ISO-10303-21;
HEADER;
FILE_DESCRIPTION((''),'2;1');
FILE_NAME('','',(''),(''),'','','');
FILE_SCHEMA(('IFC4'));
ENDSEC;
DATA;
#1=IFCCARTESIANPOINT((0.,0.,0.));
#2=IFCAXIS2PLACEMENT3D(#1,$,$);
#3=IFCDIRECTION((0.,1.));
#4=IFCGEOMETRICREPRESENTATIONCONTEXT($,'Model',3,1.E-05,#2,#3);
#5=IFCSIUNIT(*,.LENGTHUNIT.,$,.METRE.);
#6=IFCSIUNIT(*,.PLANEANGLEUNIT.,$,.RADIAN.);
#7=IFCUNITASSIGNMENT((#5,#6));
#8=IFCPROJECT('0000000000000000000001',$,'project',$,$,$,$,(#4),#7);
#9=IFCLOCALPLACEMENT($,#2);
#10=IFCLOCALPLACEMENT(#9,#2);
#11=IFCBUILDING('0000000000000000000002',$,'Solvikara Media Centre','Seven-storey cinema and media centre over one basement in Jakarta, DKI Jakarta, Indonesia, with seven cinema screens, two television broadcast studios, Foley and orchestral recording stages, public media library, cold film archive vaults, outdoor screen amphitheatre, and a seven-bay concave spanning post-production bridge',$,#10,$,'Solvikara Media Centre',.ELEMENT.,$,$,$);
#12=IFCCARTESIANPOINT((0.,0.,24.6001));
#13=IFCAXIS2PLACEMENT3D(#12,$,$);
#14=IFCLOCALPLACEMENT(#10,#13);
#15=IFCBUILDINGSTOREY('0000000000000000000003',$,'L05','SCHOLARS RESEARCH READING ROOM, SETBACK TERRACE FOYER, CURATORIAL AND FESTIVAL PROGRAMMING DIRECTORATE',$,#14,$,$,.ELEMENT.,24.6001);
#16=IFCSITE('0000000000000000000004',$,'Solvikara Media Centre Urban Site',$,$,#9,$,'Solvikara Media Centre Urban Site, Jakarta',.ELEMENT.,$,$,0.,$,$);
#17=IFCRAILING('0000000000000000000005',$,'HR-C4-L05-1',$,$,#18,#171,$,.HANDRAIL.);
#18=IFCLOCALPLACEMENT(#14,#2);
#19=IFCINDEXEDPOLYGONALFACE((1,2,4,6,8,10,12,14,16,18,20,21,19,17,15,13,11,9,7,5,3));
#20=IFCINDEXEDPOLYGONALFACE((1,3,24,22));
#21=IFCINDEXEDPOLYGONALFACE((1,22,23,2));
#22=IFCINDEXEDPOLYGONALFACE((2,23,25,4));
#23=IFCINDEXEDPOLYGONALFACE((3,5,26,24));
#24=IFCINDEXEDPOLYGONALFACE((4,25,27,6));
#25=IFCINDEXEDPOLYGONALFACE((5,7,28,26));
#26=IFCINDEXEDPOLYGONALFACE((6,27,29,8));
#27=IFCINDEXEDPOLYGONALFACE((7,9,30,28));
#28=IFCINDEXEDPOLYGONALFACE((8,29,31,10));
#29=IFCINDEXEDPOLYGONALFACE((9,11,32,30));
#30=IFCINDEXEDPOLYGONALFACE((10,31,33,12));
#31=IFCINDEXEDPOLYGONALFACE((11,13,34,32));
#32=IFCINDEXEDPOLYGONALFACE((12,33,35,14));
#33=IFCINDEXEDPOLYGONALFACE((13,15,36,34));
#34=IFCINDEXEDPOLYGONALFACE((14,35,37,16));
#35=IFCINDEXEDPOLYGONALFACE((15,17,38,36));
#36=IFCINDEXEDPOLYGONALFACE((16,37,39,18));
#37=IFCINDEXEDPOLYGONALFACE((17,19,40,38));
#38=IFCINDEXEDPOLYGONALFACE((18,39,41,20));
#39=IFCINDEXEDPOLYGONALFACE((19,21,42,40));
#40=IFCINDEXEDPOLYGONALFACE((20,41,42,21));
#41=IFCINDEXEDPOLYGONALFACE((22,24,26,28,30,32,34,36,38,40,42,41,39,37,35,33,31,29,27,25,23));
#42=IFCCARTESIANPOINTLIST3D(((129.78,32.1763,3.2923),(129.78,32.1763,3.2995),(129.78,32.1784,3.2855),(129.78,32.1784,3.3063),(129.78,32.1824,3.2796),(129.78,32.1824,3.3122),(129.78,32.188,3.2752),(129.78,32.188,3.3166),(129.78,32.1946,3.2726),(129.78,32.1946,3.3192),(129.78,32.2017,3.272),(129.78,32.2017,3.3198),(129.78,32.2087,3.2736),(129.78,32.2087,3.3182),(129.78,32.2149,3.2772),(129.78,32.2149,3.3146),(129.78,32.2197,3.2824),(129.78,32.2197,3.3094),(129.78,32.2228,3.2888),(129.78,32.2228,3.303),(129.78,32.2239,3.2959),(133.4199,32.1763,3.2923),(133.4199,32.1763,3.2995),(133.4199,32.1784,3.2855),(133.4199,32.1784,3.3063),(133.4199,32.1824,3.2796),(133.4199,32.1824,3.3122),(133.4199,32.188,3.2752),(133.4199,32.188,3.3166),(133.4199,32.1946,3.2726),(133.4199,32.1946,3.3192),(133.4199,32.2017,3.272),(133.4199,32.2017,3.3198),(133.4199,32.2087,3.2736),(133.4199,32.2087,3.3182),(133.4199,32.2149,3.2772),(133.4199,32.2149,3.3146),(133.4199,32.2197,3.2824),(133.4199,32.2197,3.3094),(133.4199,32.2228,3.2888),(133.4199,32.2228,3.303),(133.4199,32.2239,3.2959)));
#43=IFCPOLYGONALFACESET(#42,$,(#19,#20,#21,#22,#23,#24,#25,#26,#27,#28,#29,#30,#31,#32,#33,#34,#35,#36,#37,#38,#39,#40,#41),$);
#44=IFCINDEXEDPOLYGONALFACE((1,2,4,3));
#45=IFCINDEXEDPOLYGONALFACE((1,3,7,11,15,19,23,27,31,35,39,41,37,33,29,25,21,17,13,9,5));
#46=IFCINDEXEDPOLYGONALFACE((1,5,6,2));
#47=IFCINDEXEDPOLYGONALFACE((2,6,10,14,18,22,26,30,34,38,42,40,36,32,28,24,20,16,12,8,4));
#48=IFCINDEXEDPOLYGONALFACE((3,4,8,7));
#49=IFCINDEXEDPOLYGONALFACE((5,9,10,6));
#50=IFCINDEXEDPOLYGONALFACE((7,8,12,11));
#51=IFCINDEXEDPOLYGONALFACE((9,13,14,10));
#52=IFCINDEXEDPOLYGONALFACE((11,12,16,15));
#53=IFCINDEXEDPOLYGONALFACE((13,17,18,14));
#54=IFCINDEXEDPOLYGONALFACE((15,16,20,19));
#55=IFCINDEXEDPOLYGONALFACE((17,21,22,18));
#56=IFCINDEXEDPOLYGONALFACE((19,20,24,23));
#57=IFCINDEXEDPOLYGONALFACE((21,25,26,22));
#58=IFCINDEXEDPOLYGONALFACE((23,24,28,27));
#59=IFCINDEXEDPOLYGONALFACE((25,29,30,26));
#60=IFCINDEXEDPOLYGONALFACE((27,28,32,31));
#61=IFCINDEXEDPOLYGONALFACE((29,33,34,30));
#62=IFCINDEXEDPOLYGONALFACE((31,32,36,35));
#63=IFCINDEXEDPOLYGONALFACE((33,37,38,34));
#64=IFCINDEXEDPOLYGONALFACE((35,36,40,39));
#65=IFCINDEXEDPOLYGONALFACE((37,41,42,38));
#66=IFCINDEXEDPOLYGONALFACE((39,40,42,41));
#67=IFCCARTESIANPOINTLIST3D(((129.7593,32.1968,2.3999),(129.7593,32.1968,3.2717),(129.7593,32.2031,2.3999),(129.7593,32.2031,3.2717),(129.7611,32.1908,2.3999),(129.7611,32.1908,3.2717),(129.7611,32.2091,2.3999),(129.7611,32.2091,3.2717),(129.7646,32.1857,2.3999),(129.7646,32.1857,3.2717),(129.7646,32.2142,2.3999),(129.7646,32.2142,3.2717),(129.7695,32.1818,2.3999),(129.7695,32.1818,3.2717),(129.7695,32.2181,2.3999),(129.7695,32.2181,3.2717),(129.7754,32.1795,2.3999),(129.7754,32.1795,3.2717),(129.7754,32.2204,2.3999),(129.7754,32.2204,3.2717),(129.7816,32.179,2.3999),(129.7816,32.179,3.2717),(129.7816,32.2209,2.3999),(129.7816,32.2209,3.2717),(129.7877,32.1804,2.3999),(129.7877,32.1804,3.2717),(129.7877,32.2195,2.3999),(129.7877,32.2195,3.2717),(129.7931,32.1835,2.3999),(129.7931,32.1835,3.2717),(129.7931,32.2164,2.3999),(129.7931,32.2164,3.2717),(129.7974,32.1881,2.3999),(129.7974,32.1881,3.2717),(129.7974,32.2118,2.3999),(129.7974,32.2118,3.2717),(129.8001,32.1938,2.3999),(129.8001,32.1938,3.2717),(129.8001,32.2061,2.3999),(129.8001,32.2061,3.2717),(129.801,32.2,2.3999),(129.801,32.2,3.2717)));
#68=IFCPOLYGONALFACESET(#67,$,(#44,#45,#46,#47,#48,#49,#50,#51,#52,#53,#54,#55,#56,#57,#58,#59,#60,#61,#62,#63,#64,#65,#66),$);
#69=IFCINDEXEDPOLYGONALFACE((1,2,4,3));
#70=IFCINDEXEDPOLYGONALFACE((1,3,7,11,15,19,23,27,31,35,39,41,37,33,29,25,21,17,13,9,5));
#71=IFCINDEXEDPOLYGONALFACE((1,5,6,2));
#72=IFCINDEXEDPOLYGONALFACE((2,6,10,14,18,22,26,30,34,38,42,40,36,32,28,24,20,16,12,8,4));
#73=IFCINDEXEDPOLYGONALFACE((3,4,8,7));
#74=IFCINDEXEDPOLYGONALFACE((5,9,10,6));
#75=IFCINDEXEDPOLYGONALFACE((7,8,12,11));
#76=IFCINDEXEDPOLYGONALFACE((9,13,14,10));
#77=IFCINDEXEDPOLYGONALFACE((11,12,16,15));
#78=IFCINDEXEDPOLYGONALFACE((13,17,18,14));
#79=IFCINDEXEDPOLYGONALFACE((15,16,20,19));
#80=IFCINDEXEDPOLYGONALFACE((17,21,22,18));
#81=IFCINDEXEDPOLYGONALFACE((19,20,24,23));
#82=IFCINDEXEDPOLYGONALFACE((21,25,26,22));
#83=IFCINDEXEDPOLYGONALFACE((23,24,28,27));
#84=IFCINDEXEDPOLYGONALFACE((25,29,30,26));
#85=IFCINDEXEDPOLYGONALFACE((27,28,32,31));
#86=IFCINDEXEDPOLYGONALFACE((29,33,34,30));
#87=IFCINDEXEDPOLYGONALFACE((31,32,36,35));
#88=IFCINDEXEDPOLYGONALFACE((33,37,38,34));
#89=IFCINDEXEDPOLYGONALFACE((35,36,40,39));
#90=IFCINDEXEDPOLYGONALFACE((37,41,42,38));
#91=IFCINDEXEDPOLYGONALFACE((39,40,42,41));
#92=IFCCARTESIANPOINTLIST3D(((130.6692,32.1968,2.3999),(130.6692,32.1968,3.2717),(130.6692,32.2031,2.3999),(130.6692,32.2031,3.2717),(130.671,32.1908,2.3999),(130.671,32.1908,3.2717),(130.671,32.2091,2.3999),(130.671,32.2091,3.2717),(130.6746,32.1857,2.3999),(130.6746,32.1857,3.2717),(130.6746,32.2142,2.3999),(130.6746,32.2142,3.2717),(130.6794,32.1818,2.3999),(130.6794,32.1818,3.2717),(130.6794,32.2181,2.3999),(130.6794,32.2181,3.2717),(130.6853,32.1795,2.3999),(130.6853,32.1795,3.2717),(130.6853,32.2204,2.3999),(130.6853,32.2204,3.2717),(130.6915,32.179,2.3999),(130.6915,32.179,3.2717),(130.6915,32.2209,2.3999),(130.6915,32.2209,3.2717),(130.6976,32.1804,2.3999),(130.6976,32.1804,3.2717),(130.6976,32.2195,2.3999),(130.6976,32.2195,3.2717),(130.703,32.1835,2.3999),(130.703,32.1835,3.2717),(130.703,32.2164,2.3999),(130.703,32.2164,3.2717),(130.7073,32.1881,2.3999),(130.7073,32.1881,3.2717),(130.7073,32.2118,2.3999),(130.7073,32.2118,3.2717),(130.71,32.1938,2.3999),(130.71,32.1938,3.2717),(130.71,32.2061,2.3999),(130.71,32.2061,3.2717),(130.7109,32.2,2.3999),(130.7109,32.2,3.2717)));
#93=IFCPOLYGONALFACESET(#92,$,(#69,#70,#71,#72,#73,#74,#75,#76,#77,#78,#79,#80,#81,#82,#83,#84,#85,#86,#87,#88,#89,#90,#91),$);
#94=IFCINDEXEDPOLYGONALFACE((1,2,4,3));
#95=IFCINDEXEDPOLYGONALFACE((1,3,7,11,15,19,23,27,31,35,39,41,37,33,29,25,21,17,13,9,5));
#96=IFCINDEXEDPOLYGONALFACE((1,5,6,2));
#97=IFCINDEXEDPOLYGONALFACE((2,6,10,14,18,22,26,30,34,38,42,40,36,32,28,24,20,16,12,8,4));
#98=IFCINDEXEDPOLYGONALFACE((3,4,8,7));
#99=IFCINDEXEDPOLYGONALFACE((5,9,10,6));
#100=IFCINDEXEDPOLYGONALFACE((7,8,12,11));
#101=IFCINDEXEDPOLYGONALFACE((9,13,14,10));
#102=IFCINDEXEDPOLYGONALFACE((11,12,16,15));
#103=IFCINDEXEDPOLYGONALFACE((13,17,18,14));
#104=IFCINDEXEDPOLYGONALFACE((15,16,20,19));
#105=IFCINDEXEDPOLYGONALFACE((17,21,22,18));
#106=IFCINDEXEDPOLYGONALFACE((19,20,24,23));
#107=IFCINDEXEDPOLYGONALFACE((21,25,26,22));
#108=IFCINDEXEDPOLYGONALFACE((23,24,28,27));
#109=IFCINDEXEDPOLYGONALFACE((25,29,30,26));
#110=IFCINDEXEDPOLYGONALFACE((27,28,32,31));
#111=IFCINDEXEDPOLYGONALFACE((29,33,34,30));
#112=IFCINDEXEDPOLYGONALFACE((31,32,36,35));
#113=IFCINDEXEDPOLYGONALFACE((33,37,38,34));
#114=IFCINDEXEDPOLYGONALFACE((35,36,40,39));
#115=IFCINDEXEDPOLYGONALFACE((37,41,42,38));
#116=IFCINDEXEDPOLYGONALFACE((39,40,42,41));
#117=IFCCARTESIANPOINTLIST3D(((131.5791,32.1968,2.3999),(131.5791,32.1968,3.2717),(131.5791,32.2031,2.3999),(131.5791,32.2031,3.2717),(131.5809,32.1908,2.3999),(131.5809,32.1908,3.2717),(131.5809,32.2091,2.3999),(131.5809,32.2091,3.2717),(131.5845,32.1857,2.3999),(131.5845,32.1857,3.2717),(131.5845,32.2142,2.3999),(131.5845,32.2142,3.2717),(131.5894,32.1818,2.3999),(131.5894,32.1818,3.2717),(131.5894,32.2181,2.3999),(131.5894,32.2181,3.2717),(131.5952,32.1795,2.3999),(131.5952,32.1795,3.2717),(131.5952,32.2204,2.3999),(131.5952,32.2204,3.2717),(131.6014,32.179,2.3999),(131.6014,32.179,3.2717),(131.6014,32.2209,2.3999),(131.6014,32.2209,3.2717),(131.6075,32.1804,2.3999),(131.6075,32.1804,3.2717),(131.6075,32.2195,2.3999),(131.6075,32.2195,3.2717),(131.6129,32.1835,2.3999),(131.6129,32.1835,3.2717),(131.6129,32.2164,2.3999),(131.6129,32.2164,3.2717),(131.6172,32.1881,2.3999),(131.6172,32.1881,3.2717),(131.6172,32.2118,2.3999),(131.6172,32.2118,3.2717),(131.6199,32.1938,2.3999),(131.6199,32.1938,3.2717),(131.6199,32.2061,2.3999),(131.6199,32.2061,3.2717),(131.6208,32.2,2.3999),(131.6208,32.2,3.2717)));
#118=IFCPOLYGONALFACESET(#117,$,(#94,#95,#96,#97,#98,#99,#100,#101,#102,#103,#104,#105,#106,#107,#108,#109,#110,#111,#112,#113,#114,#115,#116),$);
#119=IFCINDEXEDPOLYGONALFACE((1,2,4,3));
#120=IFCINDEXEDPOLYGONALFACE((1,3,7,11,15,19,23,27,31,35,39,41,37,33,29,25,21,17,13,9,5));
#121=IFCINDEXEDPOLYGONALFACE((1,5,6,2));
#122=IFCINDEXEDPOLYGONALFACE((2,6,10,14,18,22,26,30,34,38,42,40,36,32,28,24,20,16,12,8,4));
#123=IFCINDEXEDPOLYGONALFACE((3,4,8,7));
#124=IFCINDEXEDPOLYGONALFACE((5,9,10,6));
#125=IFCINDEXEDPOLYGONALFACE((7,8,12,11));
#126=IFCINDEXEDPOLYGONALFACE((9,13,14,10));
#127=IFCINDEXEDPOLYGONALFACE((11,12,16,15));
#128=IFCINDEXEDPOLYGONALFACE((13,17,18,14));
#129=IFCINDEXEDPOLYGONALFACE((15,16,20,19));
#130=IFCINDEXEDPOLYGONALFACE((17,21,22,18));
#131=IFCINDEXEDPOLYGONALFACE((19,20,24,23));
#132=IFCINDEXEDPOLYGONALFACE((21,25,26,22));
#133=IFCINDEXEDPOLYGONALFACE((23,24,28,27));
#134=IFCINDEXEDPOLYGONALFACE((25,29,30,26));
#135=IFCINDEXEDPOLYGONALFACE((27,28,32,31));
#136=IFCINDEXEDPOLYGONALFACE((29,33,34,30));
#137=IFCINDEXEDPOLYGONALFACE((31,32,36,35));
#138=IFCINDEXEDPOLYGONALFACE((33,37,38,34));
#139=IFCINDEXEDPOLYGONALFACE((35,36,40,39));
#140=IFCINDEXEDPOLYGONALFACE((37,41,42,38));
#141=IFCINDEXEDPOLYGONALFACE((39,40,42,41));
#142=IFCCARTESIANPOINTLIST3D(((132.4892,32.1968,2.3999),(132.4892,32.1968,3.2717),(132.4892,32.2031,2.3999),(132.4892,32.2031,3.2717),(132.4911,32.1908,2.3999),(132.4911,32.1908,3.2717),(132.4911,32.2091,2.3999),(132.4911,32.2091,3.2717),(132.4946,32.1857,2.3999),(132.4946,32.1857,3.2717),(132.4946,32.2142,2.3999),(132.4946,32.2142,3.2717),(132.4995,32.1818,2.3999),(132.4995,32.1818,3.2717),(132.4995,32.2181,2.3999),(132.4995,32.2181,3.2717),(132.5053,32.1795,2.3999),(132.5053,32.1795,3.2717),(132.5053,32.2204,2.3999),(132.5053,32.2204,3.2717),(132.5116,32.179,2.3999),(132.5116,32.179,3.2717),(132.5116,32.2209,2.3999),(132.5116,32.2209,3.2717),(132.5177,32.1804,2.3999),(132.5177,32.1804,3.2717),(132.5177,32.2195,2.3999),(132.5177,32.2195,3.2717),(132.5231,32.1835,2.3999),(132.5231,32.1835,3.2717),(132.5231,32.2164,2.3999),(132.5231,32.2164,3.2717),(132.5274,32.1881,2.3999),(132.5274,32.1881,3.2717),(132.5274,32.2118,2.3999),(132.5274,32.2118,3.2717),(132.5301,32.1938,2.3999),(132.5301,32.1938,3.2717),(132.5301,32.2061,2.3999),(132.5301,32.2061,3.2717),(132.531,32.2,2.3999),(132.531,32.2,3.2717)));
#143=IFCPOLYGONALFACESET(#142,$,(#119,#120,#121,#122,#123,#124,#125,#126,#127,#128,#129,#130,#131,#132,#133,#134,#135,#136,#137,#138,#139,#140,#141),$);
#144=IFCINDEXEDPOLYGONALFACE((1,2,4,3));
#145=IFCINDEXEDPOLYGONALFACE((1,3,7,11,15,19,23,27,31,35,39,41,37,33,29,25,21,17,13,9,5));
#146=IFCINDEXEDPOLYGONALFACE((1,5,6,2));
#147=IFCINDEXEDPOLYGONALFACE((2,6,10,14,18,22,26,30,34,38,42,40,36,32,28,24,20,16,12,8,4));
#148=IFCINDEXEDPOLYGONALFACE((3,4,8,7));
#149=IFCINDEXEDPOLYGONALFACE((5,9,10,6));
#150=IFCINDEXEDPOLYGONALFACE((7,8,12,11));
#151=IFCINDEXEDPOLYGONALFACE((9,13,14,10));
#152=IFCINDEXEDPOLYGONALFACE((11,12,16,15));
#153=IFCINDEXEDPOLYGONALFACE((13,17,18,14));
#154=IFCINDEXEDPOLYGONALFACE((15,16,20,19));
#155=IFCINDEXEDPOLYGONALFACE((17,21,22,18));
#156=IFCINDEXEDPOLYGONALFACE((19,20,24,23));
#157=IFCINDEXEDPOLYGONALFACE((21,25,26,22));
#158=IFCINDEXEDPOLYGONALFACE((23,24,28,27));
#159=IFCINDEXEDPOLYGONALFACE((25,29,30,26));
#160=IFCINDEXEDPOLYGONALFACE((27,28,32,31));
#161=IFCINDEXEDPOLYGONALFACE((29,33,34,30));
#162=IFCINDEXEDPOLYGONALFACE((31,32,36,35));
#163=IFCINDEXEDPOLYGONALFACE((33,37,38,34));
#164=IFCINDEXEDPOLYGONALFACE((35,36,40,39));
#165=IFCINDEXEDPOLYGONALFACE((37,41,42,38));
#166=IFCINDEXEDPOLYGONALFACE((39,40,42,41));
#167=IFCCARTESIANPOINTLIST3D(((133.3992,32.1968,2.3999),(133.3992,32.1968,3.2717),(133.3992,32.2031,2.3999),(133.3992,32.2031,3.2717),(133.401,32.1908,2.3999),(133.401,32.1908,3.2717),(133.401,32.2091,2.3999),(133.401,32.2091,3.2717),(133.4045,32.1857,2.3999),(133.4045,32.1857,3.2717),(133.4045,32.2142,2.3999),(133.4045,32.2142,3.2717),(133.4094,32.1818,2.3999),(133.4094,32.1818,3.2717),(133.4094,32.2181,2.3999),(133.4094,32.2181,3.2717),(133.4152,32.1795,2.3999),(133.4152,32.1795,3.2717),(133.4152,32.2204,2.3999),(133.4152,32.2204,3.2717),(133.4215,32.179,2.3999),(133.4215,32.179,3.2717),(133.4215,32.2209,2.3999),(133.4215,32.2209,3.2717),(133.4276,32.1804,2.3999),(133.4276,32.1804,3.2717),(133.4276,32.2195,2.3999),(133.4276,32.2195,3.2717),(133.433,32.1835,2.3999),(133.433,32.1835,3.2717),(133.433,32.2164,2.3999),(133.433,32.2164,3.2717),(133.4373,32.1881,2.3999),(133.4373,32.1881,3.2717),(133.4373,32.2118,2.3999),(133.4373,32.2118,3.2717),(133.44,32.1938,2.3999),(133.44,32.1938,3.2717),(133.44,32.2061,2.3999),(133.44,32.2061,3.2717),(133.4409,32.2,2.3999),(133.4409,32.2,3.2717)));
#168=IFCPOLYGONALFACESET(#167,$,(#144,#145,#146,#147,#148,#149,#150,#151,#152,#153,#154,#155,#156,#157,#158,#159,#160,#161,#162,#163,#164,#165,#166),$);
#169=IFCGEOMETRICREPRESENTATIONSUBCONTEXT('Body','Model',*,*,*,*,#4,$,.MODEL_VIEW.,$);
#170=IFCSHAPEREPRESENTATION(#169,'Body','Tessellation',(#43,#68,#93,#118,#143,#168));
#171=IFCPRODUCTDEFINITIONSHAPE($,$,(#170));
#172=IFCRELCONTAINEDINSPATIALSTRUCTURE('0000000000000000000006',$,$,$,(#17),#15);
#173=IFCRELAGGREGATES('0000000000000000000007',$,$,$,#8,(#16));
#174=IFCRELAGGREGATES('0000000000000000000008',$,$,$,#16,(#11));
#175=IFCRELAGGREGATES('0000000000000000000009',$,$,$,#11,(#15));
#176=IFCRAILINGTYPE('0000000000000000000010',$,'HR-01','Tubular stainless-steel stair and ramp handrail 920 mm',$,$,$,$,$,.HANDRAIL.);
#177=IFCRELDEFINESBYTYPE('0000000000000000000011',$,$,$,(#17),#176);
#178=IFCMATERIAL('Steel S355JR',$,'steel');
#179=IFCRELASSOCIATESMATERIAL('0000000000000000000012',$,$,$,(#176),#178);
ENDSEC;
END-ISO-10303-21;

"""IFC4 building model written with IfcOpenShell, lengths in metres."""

from ifc_helpers import new_model, si_unit, direction, frame, origin, origin_2d, place, context, subcontext, project, spatial, circle, extrude, material, type_object, element, save


model = new_model("IFC4")

# Units and contexts
model_context = context("Model", 3, precision=1e-05, world=origin(), true_north=direction((0.0, 1.0)))
body_context = subcontext(model_context, "Body", "Model", "MODEL_VIEW")
ifc_project = project(units=[si_unit("LENGTHUNIT", "METRE"), si_unit("PLANEANGLEUNIT", "RADIAN")], contexts=[model_context])

# Site, building, storey
site_placement = place(None, origin())
site = spatial("IfcSite", under=ifc_project, at=site_placement, Name="Solvikara Media Centre Urban Site", LongName="Solvikara Media Centre Urban Site, Jakarta", CompositionType="ELEMENT", RefElevation=0.0)
building_placement = place(site_placement, origin())
building = spatial("IfcBuilding", under=site, at=building_placement, Name="Solvikara Media Centre", Description="Seven-storey cinema and media centre over one basement in Jakarta, DKI Jakarta, Indonesia, with seven cinema screens, two television broadcast studios, Foley and orchestral recording stages, public media library, cold film archive vaults, outdoor screen amphitheatre, and a seven-bay concave spanning post-production bridge", LongName="Solvikara Media Centre", CompositionType="ELEMENT")
storey_placement = place(building_placement, frame((0.0, 0.0, 24.6001)))
storey = spatial("IfcBuildingStorey", under=building, at=storey_placement, Name="L05", Description="SCHOLARS RESEARCH READING ROOM, SETBACK TERRACE FOYER, CURATORIAL AND FESTIVAL PROGRAMMING DIRECTORATE", CompositionType="ELEMENT", Elevation=24.6001)

# Shared definitions
ifc_material_1 = material(Name="Steel S355JR", Category="steel")

# Railing
railing_type_1 = type_object("IfcRailingType", Name="HR-01", Description="Tubular stainless-steel stair and ramp handrail 920 mm", PredefinedType="HANDRAIL", material=ifc_material_1)
railing_1_placement = place(storey_placement, frame((129.78, 32.2, 2.3999)))
element("IfcRailing", 1, at=railing_1_placement, inside=storey, type_object=railing_type_1, Name="HR-C4-L05-1", PredefinedType="HANDRAIL", context=body_context, shape_type="SweptSolid", body=[
    extrude(circle(Radius=0.0239, at=origin_2d()), frame((0.0, 0.0, 0.896), z_axis=(1.0, 0.0, 0.0), x_axis=(0.0, 1.0, 0.0)), (0.0, 0.0, 1.0), 3.6399),
    extrude(circle(Radius=0.021, at=origin_2d()), origin(), (0.0, 0.0, 1.0), 0.8718),
    extrude(circle(Radius=0.021, at=origin_2d()), frame((0.9099, 0.0, 0.0)), (0.0, 0.0, 1.0), 0.8718),
    extrude(circle(Radius=0.021, at=origin_2d()), frame((1.8198, 0.0, 0.0)), (0.0, 0.0, 1.0), 0.8718),
    extrude(circle(Radius=0.021, at=origin_2d()), frame((2.73, 0.0, 0.0)), (0.0, 0.0, 1.0), 0.8718),
    extrude(circle(Radius=0.021, at=origin_2d()), frame((3.6399, 0.0, 0.0)), (0.0, 0.0, 1.0), 0.8718),
])

save(model, "model.ifc")
